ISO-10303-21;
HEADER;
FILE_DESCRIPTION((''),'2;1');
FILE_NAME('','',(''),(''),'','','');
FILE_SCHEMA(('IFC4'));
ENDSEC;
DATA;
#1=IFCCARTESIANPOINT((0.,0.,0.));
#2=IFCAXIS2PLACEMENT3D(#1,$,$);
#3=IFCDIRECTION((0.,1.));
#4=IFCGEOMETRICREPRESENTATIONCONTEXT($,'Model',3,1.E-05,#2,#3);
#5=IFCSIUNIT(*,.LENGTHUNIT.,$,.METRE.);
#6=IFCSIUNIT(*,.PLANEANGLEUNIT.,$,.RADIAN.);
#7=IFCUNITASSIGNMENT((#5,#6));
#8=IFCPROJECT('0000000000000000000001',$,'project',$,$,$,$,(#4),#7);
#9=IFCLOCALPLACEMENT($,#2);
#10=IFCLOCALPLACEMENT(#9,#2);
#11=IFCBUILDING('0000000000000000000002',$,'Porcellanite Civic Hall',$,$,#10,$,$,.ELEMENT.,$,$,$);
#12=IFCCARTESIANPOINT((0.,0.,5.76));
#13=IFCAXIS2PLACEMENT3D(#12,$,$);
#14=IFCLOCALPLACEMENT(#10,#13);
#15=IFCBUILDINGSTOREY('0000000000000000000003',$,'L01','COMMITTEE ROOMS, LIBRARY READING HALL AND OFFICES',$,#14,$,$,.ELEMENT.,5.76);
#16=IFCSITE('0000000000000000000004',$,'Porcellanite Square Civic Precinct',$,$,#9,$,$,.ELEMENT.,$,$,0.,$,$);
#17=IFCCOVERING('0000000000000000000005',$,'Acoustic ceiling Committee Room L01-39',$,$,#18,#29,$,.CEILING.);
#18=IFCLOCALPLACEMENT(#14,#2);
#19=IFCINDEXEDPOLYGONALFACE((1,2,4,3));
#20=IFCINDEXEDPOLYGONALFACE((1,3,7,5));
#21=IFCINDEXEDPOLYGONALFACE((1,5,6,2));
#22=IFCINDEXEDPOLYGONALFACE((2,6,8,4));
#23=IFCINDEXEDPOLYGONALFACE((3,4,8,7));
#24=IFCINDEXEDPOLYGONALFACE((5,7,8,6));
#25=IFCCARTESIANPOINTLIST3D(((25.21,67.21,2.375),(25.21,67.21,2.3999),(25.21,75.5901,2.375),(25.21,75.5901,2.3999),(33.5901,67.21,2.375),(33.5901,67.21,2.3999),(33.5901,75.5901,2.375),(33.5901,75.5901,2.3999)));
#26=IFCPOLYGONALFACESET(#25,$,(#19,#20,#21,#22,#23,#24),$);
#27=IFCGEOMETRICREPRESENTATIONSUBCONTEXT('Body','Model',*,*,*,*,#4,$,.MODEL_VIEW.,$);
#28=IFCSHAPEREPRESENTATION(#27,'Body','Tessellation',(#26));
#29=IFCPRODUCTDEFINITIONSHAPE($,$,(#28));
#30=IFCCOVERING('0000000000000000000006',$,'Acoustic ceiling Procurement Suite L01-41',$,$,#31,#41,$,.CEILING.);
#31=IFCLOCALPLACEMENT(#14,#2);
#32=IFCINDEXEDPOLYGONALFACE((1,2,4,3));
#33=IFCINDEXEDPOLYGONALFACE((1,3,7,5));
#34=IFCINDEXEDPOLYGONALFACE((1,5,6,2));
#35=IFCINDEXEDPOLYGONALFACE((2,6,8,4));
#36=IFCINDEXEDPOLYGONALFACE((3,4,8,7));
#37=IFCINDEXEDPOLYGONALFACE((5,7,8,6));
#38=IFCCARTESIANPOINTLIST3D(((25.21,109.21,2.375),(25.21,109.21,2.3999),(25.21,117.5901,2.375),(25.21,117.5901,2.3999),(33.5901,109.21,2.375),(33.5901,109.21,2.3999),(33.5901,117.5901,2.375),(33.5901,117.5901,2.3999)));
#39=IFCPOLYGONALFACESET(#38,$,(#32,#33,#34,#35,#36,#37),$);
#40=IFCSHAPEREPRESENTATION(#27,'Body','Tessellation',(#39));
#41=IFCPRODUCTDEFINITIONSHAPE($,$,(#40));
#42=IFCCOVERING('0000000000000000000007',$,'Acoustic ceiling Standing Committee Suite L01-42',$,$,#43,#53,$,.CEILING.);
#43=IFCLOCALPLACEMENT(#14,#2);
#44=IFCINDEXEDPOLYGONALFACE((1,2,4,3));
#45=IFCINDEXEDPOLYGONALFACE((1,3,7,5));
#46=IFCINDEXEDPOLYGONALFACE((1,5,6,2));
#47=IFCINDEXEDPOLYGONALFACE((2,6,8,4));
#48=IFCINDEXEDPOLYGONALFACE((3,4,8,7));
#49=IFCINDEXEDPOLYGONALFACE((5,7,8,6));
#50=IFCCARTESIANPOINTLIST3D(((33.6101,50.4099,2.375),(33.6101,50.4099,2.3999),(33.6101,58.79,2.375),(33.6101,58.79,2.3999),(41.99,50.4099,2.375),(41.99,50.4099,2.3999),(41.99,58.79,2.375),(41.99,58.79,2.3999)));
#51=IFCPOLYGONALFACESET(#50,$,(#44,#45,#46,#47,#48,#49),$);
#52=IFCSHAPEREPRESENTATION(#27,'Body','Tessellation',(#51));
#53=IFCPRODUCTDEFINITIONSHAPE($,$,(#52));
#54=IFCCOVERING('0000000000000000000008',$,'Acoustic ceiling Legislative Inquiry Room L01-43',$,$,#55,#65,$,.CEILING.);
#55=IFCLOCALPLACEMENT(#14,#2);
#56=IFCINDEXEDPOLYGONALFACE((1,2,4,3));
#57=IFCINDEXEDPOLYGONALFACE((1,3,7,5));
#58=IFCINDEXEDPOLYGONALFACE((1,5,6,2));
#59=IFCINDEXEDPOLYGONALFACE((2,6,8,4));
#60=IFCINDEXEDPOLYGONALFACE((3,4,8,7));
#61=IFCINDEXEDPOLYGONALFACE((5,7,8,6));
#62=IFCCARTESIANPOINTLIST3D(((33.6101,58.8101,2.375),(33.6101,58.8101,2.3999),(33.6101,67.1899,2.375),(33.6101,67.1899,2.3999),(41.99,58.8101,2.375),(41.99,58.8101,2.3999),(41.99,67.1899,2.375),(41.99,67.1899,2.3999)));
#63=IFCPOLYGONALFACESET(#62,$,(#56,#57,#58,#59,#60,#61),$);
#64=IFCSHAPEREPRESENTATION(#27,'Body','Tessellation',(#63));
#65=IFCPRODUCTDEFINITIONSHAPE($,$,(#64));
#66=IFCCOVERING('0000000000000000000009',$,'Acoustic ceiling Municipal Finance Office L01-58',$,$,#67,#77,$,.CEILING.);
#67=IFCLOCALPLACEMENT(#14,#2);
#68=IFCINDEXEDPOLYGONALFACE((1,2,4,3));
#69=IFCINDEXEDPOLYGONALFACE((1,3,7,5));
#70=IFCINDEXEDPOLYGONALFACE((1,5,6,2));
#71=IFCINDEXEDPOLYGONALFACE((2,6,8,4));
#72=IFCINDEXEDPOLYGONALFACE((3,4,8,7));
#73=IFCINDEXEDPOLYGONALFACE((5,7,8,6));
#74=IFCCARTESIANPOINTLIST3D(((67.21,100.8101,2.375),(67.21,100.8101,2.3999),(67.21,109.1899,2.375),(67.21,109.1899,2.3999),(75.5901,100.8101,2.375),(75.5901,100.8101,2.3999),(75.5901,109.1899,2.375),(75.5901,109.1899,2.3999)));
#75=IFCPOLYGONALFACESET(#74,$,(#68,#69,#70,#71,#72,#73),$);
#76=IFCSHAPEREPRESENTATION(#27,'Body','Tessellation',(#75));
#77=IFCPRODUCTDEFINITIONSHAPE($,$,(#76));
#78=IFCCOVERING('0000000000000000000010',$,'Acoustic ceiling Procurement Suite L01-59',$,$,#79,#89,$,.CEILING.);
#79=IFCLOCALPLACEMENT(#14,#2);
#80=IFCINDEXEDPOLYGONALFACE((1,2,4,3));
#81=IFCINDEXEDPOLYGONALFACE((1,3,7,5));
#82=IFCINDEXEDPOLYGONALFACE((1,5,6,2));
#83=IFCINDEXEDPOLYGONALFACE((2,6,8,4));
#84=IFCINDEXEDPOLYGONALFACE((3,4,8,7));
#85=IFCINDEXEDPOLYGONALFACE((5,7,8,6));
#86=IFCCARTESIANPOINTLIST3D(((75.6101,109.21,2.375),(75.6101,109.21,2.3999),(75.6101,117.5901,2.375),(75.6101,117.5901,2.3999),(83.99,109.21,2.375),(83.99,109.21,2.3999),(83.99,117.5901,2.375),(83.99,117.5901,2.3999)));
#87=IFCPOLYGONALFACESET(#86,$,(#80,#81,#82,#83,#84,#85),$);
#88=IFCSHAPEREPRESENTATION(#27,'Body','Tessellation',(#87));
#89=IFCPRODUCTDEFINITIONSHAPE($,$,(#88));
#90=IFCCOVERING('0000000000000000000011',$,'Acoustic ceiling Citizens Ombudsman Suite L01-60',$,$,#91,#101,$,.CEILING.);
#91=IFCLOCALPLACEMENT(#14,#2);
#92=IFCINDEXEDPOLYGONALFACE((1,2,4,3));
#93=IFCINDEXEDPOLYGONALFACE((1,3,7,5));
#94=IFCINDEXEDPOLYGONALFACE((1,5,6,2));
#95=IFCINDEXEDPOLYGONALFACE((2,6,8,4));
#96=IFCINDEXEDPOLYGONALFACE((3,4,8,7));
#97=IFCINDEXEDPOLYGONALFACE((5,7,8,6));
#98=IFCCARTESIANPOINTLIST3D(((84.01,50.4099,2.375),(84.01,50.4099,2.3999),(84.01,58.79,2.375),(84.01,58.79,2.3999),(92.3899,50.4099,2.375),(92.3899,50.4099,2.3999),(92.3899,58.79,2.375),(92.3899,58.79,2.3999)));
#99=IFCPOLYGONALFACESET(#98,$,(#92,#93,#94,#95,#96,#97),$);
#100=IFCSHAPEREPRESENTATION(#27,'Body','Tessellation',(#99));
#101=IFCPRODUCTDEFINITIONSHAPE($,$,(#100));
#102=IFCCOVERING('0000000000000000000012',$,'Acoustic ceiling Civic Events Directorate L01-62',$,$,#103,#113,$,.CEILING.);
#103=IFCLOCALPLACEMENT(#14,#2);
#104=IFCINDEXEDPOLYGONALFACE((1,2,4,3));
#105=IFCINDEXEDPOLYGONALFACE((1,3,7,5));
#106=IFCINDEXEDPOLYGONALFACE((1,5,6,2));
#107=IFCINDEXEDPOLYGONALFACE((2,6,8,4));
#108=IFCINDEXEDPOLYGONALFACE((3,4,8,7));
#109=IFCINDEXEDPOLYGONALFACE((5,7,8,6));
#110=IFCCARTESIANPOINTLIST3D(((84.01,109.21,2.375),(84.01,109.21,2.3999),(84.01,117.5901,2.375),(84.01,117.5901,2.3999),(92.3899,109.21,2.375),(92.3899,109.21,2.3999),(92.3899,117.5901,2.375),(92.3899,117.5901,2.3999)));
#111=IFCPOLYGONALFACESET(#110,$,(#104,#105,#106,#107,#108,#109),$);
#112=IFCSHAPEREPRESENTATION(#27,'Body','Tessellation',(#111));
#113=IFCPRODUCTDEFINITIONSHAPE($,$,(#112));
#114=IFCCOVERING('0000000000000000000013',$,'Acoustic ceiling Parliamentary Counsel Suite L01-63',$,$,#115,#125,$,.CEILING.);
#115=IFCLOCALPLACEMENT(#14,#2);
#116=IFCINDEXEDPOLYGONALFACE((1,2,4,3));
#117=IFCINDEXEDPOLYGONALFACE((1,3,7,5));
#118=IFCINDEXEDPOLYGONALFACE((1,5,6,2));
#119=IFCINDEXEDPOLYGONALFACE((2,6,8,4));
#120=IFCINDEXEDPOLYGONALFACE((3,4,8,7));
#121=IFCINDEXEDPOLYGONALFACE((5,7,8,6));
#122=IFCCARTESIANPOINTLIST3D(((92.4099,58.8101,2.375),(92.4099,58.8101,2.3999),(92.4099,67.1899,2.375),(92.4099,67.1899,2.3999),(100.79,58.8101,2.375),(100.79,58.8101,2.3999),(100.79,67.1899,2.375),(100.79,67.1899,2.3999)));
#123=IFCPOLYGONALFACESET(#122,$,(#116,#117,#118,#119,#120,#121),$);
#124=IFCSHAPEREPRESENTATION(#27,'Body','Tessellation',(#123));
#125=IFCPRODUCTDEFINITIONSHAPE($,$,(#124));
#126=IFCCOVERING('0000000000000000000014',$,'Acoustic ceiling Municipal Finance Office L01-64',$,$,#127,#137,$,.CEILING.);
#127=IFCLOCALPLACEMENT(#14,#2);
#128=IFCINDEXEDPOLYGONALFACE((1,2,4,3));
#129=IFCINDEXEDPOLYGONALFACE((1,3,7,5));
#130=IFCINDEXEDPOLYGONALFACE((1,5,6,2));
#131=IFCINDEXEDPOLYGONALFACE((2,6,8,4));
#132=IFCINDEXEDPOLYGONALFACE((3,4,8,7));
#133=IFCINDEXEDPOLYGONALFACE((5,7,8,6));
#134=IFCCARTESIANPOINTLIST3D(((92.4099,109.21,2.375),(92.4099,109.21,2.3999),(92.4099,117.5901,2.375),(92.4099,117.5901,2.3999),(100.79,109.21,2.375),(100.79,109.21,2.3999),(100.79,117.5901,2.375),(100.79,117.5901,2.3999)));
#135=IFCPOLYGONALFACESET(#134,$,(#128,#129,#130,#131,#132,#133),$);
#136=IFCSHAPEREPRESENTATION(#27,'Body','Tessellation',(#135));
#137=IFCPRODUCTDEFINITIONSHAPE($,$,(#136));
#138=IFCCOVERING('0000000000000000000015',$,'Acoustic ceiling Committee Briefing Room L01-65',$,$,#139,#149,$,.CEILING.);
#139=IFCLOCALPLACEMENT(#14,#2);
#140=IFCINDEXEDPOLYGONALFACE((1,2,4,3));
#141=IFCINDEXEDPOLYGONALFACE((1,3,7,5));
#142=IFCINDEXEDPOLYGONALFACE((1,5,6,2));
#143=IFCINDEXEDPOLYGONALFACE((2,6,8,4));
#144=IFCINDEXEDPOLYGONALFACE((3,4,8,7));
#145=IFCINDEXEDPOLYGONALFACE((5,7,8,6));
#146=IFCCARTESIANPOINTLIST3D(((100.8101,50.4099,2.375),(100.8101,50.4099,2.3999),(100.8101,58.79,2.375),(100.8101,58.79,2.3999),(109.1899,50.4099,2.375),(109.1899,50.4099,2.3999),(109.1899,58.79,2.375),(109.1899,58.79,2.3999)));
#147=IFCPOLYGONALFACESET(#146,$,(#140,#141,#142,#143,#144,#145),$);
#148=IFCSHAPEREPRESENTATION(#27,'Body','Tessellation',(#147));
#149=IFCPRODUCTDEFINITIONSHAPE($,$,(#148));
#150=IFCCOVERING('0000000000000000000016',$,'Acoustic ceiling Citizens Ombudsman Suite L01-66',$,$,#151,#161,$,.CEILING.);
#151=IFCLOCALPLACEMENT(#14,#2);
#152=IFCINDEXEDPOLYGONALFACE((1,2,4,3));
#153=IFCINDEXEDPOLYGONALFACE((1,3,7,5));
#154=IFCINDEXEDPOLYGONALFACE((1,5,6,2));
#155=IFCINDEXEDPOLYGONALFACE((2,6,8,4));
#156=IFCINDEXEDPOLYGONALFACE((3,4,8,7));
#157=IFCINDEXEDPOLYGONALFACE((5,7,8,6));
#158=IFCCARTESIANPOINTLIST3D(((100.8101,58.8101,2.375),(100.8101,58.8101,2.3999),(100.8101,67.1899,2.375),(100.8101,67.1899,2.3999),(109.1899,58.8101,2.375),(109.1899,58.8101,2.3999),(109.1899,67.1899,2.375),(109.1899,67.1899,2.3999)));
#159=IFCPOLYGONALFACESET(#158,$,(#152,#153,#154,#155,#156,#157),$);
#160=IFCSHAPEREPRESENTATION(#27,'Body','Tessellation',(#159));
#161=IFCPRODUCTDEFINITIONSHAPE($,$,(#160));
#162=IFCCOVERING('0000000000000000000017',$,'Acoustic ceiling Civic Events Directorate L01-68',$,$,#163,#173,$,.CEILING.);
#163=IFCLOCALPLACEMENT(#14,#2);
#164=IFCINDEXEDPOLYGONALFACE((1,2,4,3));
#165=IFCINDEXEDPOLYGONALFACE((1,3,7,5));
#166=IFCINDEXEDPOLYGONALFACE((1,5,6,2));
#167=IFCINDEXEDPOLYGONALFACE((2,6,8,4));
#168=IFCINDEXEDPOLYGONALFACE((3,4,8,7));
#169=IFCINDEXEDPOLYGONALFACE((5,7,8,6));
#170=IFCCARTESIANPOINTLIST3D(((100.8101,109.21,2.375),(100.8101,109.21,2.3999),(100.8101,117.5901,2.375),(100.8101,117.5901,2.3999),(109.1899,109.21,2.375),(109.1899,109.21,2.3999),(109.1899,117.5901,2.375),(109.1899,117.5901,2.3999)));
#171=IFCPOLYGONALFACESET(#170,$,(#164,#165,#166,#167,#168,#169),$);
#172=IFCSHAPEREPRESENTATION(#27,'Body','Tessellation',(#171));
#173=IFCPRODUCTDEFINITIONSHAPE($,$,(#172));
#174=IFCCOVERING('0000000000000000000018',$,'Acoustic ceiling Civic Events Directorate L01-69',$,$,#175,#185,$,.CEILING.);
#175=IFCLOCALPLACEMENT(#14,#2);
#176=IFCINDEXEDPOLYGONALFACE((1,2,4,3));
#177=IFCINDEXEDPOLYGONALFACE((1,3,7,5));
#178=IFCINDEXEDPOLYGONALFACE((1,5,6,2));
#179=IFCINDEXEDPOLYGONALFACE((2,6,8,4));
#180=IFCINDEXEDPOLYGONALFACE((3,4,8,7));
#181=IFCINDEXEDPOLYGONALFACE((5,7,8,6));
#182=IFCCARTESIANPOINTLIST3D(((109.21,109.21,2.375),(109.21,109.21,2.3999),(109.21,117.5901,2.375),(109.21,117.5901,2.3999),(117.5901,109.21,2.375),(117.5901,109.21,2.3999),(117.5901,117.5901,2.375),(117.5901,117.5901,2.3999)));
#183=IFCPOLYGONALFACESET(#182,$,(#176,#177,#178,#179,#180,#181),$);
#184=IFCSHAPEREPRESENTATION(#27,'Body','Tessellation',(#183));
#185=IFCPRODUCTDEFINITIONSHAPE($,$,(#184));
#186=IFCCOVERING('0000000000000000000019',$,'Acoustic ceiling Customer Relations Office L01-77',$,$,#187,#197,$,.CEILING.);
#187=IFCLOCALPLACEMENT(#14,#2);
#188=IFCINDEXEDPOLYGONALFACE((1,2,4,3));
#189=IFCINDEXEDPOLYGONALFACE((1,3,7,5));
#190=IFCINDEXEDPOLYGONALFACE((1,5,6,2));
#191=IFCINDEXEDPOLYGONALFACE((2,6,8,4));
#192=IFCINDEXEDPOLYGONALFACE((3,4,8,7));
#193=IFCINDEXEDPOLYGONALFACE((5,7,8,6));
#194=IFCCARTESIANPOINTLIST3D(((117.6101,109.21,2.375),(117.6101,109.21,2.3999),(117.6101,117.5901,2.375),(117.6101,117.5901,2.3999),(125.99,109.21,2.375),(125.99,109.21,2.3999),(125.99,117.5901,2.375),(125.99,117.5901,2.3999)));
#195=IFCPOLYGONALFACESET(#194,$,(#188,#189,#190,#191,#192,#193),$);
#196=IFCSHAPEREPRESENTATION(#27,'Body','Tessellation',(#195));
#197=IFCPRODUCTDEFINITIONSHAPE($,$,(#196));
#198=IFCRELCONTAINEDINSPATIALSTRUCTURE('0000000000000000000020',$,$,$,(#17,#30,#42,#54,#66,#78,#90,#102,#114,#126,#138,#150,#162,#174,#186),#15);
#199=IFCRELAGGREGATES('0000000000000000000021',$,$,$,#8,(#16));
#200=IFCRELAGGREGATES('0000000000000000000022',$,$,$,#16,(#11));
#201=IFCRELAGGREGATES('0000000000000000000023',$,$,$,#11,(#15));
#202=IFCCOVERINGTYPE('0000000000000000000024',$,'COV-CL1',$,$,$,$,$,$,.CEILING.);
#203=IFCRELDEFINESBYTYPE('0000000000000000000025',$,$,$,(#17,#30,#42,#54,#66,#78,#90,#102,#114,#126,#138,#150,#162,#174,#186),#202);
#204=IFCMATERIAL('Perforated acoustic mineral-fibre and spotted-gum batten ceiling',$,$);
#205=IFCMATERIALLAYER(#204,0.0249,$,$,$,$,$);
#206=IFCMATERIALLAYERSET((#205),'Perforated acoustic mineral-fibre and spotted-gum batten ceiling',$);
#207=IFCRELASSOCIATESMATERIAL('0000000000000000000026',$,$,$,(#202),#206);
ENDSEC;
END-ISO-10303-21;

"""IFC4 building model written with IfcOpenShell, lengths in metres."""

from ifc_helpers import new_model, si_unit, direction, frame, origin, place, context, subcontext, project, spatial, polyline, outline, extrude, material, layer, layer_set, type_object, element, save


model = new_model("IFC4")

# Units and contexts
model_context = context("Model", 3, precision=1e-05, world=origin(), true_north=direction((0.0, 1.0)))
body_context = subcontext(model_context, "Body", "Model", "MODEL_VIEW")
ifc_project = project(units=[si_unit("LENGTHUNIT", "METRE"), si_unit("PLANEANGLEUNIT", "RADIAN")], contexts=[model_context])

# Site, building, storey
site_placement = place(None, origin())
site = spatial("IfcSite", under=ifc_project, at=site_placement, Name="Porcellanite Square Civic Precinct", CompositionType="ELEMENT", RefElevation=0.0)
building_placement = place(site_placement, origin())
building = spatial("IfcBuilding", under=site, at=building_placement, Name="Porcellanite Civic Hall", CompositionType="ELEMENT")
storey_placement = place(building_placement, frame((0.0, 0.0, 5.76)))
storey = spatial("IfcBuildingStorey", under=building, at=storey_placement, Name="L01", Description="COMMITTEE ROOMS, LIBRARY READING HALL AND OFFICES", CompositionType="ELEMENT", Elevation=5.76)

# Coverings
ifc_material = material(Name="Perforated acoustic mineral-fibre and spotted-gum batten ceiling")
ifc_layer = layer(ifc_material, 0.0249)
ifc_layer_set = layer_set([ifc_layer], Name="Perforated acoustic mineral-fibre and spotted-gum batten ceiling")
covering_type = type_object("IfcCoveringType", Name="COV-CL1", PredefinedType="CEILING", material=ifc_layer_set)
covering_1_placement = place(storey_placement, frame((0.0, 0.0, 2.375)))
element("IfcCovering", 1, at=covering_1_placement, inside=storey, type_object=covering_type, Name="Acoustic ceiling Committee Room L01-39", PredefinedType="CEILING", context=body_context, shape_type="SweptSolid", body=[
    extrude(outline(polyline([(25.21, 67.21), (33.5901, 67.21), (33.5901, 75.5901), (25.21, 75.5901), (25.21, 67.21)])), origin(), (0.0, 0.0, 1.0), 0.0249),
])
covering_2_placement = place(storey_placement, frame((0.0, 0.0, 2.375)))
element("IfcCovering", 2, at=covering_2_placement, inside=storey, type_object=covering_type, Name="Acoustic ceiling Procurement Suite L01-41", PredefinedType="CEILING", context=body_context, shape_type="SweptSolid", body=[
    extrude(outline(polyline([(25.21, 109.21), (33.5901, 109.21), (33.5901, 117.5901), (25.21, 117.5901), (25.21, 109.21)])), origin(), (0.0, 0.0, 1.0), 0.0249),
])
covering_3_placement = place(storey_placement, frame((0.0, 0.0, 2.375)))
element("IfcCovering", 3, at=covering_3_placement, inside=storey, type_object=covering_type, Name="Acoustic ceiling Standing Committee Suite L01-42", PredefinedType="CEILING", context=body_context, shape_type="SweptSolid", body=[
    extrude(outline(polyline([(33.6101, 50.4099), (41.99, 50.4099), (41.99, 58.79), (33.6101, 58.79), (33.6101, 50.4099)])), origin(), (0.0, 0.0, 1.0), 0.0249),
])
covering_4_placement = place(storey_placement, frame((0.0, 0.0, 2.375)))
element("IfcCovering", 4, at=covering_4_placement, inside=storey, type_object=covering_type, Name="Acoustic ceiling Legislative Inquiry Room L01-43", PredefinedType="CEILING", context=body_context, shape_type="SweptSolid", body=[
    extrude(outline(polyline([(33.6101, 58.8101), (41.99, 58.8101), (41.99, 67.1899), (33.6101, 67.1899), (33.6101, 58.8101)])), origin(), (0.0, 0.0, 1.0), 0.0249),
])
covering_5_placement = place(storey_placement, frame((0.0, 0.0, 2.375)))
element("IfcCovering", 5, at=covering_5_placement, inside=storey, type_object=covering_type, Name="Acoustic ceiling Municipal Finance Office L01-58", PredefinedType="CEILING", context=body_context, shape_type="SweptSolid", body=[
    extrude(outline(polyline([(67.21, 100.8101), (75.5901, 100.8101), (75.5901, 109.1899), (67.21, 109.1899), (67.21, 100.8101)])), origin(), (0.0, 0.0, 1.0), 0.0249),
])
covering_6_placement = place(storey_placement, frame((0.0, 0.0, 2.375)))
element("IfcCovering", 6, at=covering_6_placement, inside=storey, type_object=covering_type, Name="Acoustic ceiling Procurement Suite L01-59", PredefinedType="CEILING", context=body_context, shape_type="SweptSolid", body=[
    extrude(outline(polyline([(75.6101, 109.21), (83.99, 109.21), (83.99, 117.5901), (75.6101, 117.5901), (75.6101, 109.21)])), origin(), (0.0, 0.0, 1.0), 0.0249),
])
covering_7_placement = place(storey_placement, frame((0.0, 0.0, 2.375)))
element("IfcCovering", 7, at=covering_7_placement, inside=storey, type_object=covering_type, Name="Acoustic ceiling Citizens Ombudsman Suite L01-60", PredefinedType="CEILING", context=body_context, shape_type="SweptSolid", body=[
    extrude(outline(polyline([(84.01, 50.4099), (92.3899, 50.4099), (92.3899, 58.79), (84.01, 58.79), (84.01, 50.4099)])), origin(), (0.0, 0.0, 1.0), 0.0249),
])
covering_8_placement = place(storey_placement, frame((0.0, 0.0, 2.375)))
element("IfcCovering", 8, at=covering_8_placement, inside=storey, type_object=covering_type, Name="Acoustic ceiling Civic Events Directorate L01-62", PredefinedType="CEILING", context=body_context, shape_type="SweptSolid", body=[
    extrude(outline(polyline([(84.01, 109.21), (92.3899, 109.21), (92.3899, 117.5901), (84.01, 117.5901), (84.01, 109.21)])), origin(), (0.0, 0.0, 1.0), 0.0249),
])
covering_9_placement = place(storey_placement, frame((0.0, 0.0, 2.375)))
element("IfcCovering", 9, at=covering_9_placement, inside=storey, type_object=covering_type, Name="Acoustic ceiling Parliamentary Counsel Suite L01-63", PredefinedType="CEILING", context=body_context, shape_type="SweptSolid", body=[
    extrude(outline(polyline([(92.4099, 58.8101), (100.79, 58.8101), (100.79, 67.1899), (92.4099, 67.1899), (92.4099, 58.8101)])), origin(), (0.0, 0.0, 1.0), 0.0249),
])
covering_10_placement = place(storey_placement, frame((0.0, 0.0, 2.375)))
element("IfcCovering", 10, at=covering_10_placement, inside=storey, type_object=covering_type, Name="Acoustic ceiling Municipal Finance Office L01-64", PredefinedType="CEILING", context=body_context, shape_type="SweptSolid", body=[
    extrude(outline(polyline([(92.4099, 109.21), (100.79, 109.21), (100.79, 117.5901), (92.4099, 117.5901), (92.4099, 109.21)])), origin(), (0.0, 0.0, 1.0), 0.0249),
])
covering_11_placement = place(storey_placement, frame((0.0, 0.0, 2.375)))
element("IfcCovering", 11, at=covering_11_placement, inside=storey, type_object=covering_type, Name="Acoustic ceiling Committee Briefing Room L01-65", PredefinedType="CEILING", context=body_context, shape_type="SweptSolid", body=[
    extrude(outline(polyline([(100.8101, 50.4099), (109.1899, 50.4099), (109.1899, 58.79), (100.8101, 58.79), (100.8101, 50.4099)])), origin(), (0.0, 0.0, 1.0), 0.0249),
])
covering_12_placement = place(storey_placement, frame((0.0, 0.0, 2.375)))
element("IfcCovering", 12, at=covering_12_placement, inside=storey, type_object=covering_type, Name="Acoustic ceiling Citizens Ombudsman Suite L01-66", PredefinedType="CEILING", context=body_context, shape_type="SweptSolid", body=[
    extrude(outline(polyline([(100.8101, 58.8101), (109.1899, 58.8101), (109.1899, 67.1899), (100.8101, 67.1899), (100.8101, 58.8101)])), origin(), (0.0, 0.0, 1.0), 0.0249),
])
covering_13_placement = place(storey_placement, frame((0.0, 0.0, 2.375)))
element("IfcCovering", 13, at=covering_13_placement, inside=storey, type_object=covering_type, Name="Acoustic ceiling Civic Events Directorate L01-68", PredefinedType="CEILING", context=body_context, shape_type="SweptSolid", body=[
    extrude(outline(polyline([(100.8101, 109.21), (109.1899, 109.21), (109.1899, 117.5901), (100.8101, 117.5901), (100.8101, 109.21)])), origin(), (0.0, 0.0, 1.0), 0.0249),
])
covering_14_placement = place(storey_placement, frame((0.0, 0.0, 2.375)))
element("IfcCovering", 14, at=covering_14_placement, inside=storey, type_object=covering_type, Name="Acoustic ceiling Civic Events Directorate L01-69", PredefinedType="CEILING", context=body_context, shape_type="SweptSolid", body=[
    extrude(outline(polyline([(109.21, 109.21), (117.5901, 109.21), (117.5901, 117.5901), (109.21, 117.5901), (109.21, 109.21)])), origin(), (0.0, 0.0, 1.0), 0.0249),
])
covering_15_placement = place(storey_placement, frame((0.0, 0.0, 2.375)))
element("IfcCovering", 15, at=covering_15_placement, inside=storey, type_object=covering_type, Name="Acoustic ceiling Customer Relations Office L01-77", PredefinedType="CEILING", context=body_context, shape_type="SweptSolid", body=[
    extrude(outline(polyline([(117.6101, 109.21), (125.99, 109.21), (125.99, 117.5901), (117.6101, 117.5901), (117.6101, 109.21)])), origin(), (0.0, 0.0, 1.0), 0.0249),
])

save(model, "model.ifc")
